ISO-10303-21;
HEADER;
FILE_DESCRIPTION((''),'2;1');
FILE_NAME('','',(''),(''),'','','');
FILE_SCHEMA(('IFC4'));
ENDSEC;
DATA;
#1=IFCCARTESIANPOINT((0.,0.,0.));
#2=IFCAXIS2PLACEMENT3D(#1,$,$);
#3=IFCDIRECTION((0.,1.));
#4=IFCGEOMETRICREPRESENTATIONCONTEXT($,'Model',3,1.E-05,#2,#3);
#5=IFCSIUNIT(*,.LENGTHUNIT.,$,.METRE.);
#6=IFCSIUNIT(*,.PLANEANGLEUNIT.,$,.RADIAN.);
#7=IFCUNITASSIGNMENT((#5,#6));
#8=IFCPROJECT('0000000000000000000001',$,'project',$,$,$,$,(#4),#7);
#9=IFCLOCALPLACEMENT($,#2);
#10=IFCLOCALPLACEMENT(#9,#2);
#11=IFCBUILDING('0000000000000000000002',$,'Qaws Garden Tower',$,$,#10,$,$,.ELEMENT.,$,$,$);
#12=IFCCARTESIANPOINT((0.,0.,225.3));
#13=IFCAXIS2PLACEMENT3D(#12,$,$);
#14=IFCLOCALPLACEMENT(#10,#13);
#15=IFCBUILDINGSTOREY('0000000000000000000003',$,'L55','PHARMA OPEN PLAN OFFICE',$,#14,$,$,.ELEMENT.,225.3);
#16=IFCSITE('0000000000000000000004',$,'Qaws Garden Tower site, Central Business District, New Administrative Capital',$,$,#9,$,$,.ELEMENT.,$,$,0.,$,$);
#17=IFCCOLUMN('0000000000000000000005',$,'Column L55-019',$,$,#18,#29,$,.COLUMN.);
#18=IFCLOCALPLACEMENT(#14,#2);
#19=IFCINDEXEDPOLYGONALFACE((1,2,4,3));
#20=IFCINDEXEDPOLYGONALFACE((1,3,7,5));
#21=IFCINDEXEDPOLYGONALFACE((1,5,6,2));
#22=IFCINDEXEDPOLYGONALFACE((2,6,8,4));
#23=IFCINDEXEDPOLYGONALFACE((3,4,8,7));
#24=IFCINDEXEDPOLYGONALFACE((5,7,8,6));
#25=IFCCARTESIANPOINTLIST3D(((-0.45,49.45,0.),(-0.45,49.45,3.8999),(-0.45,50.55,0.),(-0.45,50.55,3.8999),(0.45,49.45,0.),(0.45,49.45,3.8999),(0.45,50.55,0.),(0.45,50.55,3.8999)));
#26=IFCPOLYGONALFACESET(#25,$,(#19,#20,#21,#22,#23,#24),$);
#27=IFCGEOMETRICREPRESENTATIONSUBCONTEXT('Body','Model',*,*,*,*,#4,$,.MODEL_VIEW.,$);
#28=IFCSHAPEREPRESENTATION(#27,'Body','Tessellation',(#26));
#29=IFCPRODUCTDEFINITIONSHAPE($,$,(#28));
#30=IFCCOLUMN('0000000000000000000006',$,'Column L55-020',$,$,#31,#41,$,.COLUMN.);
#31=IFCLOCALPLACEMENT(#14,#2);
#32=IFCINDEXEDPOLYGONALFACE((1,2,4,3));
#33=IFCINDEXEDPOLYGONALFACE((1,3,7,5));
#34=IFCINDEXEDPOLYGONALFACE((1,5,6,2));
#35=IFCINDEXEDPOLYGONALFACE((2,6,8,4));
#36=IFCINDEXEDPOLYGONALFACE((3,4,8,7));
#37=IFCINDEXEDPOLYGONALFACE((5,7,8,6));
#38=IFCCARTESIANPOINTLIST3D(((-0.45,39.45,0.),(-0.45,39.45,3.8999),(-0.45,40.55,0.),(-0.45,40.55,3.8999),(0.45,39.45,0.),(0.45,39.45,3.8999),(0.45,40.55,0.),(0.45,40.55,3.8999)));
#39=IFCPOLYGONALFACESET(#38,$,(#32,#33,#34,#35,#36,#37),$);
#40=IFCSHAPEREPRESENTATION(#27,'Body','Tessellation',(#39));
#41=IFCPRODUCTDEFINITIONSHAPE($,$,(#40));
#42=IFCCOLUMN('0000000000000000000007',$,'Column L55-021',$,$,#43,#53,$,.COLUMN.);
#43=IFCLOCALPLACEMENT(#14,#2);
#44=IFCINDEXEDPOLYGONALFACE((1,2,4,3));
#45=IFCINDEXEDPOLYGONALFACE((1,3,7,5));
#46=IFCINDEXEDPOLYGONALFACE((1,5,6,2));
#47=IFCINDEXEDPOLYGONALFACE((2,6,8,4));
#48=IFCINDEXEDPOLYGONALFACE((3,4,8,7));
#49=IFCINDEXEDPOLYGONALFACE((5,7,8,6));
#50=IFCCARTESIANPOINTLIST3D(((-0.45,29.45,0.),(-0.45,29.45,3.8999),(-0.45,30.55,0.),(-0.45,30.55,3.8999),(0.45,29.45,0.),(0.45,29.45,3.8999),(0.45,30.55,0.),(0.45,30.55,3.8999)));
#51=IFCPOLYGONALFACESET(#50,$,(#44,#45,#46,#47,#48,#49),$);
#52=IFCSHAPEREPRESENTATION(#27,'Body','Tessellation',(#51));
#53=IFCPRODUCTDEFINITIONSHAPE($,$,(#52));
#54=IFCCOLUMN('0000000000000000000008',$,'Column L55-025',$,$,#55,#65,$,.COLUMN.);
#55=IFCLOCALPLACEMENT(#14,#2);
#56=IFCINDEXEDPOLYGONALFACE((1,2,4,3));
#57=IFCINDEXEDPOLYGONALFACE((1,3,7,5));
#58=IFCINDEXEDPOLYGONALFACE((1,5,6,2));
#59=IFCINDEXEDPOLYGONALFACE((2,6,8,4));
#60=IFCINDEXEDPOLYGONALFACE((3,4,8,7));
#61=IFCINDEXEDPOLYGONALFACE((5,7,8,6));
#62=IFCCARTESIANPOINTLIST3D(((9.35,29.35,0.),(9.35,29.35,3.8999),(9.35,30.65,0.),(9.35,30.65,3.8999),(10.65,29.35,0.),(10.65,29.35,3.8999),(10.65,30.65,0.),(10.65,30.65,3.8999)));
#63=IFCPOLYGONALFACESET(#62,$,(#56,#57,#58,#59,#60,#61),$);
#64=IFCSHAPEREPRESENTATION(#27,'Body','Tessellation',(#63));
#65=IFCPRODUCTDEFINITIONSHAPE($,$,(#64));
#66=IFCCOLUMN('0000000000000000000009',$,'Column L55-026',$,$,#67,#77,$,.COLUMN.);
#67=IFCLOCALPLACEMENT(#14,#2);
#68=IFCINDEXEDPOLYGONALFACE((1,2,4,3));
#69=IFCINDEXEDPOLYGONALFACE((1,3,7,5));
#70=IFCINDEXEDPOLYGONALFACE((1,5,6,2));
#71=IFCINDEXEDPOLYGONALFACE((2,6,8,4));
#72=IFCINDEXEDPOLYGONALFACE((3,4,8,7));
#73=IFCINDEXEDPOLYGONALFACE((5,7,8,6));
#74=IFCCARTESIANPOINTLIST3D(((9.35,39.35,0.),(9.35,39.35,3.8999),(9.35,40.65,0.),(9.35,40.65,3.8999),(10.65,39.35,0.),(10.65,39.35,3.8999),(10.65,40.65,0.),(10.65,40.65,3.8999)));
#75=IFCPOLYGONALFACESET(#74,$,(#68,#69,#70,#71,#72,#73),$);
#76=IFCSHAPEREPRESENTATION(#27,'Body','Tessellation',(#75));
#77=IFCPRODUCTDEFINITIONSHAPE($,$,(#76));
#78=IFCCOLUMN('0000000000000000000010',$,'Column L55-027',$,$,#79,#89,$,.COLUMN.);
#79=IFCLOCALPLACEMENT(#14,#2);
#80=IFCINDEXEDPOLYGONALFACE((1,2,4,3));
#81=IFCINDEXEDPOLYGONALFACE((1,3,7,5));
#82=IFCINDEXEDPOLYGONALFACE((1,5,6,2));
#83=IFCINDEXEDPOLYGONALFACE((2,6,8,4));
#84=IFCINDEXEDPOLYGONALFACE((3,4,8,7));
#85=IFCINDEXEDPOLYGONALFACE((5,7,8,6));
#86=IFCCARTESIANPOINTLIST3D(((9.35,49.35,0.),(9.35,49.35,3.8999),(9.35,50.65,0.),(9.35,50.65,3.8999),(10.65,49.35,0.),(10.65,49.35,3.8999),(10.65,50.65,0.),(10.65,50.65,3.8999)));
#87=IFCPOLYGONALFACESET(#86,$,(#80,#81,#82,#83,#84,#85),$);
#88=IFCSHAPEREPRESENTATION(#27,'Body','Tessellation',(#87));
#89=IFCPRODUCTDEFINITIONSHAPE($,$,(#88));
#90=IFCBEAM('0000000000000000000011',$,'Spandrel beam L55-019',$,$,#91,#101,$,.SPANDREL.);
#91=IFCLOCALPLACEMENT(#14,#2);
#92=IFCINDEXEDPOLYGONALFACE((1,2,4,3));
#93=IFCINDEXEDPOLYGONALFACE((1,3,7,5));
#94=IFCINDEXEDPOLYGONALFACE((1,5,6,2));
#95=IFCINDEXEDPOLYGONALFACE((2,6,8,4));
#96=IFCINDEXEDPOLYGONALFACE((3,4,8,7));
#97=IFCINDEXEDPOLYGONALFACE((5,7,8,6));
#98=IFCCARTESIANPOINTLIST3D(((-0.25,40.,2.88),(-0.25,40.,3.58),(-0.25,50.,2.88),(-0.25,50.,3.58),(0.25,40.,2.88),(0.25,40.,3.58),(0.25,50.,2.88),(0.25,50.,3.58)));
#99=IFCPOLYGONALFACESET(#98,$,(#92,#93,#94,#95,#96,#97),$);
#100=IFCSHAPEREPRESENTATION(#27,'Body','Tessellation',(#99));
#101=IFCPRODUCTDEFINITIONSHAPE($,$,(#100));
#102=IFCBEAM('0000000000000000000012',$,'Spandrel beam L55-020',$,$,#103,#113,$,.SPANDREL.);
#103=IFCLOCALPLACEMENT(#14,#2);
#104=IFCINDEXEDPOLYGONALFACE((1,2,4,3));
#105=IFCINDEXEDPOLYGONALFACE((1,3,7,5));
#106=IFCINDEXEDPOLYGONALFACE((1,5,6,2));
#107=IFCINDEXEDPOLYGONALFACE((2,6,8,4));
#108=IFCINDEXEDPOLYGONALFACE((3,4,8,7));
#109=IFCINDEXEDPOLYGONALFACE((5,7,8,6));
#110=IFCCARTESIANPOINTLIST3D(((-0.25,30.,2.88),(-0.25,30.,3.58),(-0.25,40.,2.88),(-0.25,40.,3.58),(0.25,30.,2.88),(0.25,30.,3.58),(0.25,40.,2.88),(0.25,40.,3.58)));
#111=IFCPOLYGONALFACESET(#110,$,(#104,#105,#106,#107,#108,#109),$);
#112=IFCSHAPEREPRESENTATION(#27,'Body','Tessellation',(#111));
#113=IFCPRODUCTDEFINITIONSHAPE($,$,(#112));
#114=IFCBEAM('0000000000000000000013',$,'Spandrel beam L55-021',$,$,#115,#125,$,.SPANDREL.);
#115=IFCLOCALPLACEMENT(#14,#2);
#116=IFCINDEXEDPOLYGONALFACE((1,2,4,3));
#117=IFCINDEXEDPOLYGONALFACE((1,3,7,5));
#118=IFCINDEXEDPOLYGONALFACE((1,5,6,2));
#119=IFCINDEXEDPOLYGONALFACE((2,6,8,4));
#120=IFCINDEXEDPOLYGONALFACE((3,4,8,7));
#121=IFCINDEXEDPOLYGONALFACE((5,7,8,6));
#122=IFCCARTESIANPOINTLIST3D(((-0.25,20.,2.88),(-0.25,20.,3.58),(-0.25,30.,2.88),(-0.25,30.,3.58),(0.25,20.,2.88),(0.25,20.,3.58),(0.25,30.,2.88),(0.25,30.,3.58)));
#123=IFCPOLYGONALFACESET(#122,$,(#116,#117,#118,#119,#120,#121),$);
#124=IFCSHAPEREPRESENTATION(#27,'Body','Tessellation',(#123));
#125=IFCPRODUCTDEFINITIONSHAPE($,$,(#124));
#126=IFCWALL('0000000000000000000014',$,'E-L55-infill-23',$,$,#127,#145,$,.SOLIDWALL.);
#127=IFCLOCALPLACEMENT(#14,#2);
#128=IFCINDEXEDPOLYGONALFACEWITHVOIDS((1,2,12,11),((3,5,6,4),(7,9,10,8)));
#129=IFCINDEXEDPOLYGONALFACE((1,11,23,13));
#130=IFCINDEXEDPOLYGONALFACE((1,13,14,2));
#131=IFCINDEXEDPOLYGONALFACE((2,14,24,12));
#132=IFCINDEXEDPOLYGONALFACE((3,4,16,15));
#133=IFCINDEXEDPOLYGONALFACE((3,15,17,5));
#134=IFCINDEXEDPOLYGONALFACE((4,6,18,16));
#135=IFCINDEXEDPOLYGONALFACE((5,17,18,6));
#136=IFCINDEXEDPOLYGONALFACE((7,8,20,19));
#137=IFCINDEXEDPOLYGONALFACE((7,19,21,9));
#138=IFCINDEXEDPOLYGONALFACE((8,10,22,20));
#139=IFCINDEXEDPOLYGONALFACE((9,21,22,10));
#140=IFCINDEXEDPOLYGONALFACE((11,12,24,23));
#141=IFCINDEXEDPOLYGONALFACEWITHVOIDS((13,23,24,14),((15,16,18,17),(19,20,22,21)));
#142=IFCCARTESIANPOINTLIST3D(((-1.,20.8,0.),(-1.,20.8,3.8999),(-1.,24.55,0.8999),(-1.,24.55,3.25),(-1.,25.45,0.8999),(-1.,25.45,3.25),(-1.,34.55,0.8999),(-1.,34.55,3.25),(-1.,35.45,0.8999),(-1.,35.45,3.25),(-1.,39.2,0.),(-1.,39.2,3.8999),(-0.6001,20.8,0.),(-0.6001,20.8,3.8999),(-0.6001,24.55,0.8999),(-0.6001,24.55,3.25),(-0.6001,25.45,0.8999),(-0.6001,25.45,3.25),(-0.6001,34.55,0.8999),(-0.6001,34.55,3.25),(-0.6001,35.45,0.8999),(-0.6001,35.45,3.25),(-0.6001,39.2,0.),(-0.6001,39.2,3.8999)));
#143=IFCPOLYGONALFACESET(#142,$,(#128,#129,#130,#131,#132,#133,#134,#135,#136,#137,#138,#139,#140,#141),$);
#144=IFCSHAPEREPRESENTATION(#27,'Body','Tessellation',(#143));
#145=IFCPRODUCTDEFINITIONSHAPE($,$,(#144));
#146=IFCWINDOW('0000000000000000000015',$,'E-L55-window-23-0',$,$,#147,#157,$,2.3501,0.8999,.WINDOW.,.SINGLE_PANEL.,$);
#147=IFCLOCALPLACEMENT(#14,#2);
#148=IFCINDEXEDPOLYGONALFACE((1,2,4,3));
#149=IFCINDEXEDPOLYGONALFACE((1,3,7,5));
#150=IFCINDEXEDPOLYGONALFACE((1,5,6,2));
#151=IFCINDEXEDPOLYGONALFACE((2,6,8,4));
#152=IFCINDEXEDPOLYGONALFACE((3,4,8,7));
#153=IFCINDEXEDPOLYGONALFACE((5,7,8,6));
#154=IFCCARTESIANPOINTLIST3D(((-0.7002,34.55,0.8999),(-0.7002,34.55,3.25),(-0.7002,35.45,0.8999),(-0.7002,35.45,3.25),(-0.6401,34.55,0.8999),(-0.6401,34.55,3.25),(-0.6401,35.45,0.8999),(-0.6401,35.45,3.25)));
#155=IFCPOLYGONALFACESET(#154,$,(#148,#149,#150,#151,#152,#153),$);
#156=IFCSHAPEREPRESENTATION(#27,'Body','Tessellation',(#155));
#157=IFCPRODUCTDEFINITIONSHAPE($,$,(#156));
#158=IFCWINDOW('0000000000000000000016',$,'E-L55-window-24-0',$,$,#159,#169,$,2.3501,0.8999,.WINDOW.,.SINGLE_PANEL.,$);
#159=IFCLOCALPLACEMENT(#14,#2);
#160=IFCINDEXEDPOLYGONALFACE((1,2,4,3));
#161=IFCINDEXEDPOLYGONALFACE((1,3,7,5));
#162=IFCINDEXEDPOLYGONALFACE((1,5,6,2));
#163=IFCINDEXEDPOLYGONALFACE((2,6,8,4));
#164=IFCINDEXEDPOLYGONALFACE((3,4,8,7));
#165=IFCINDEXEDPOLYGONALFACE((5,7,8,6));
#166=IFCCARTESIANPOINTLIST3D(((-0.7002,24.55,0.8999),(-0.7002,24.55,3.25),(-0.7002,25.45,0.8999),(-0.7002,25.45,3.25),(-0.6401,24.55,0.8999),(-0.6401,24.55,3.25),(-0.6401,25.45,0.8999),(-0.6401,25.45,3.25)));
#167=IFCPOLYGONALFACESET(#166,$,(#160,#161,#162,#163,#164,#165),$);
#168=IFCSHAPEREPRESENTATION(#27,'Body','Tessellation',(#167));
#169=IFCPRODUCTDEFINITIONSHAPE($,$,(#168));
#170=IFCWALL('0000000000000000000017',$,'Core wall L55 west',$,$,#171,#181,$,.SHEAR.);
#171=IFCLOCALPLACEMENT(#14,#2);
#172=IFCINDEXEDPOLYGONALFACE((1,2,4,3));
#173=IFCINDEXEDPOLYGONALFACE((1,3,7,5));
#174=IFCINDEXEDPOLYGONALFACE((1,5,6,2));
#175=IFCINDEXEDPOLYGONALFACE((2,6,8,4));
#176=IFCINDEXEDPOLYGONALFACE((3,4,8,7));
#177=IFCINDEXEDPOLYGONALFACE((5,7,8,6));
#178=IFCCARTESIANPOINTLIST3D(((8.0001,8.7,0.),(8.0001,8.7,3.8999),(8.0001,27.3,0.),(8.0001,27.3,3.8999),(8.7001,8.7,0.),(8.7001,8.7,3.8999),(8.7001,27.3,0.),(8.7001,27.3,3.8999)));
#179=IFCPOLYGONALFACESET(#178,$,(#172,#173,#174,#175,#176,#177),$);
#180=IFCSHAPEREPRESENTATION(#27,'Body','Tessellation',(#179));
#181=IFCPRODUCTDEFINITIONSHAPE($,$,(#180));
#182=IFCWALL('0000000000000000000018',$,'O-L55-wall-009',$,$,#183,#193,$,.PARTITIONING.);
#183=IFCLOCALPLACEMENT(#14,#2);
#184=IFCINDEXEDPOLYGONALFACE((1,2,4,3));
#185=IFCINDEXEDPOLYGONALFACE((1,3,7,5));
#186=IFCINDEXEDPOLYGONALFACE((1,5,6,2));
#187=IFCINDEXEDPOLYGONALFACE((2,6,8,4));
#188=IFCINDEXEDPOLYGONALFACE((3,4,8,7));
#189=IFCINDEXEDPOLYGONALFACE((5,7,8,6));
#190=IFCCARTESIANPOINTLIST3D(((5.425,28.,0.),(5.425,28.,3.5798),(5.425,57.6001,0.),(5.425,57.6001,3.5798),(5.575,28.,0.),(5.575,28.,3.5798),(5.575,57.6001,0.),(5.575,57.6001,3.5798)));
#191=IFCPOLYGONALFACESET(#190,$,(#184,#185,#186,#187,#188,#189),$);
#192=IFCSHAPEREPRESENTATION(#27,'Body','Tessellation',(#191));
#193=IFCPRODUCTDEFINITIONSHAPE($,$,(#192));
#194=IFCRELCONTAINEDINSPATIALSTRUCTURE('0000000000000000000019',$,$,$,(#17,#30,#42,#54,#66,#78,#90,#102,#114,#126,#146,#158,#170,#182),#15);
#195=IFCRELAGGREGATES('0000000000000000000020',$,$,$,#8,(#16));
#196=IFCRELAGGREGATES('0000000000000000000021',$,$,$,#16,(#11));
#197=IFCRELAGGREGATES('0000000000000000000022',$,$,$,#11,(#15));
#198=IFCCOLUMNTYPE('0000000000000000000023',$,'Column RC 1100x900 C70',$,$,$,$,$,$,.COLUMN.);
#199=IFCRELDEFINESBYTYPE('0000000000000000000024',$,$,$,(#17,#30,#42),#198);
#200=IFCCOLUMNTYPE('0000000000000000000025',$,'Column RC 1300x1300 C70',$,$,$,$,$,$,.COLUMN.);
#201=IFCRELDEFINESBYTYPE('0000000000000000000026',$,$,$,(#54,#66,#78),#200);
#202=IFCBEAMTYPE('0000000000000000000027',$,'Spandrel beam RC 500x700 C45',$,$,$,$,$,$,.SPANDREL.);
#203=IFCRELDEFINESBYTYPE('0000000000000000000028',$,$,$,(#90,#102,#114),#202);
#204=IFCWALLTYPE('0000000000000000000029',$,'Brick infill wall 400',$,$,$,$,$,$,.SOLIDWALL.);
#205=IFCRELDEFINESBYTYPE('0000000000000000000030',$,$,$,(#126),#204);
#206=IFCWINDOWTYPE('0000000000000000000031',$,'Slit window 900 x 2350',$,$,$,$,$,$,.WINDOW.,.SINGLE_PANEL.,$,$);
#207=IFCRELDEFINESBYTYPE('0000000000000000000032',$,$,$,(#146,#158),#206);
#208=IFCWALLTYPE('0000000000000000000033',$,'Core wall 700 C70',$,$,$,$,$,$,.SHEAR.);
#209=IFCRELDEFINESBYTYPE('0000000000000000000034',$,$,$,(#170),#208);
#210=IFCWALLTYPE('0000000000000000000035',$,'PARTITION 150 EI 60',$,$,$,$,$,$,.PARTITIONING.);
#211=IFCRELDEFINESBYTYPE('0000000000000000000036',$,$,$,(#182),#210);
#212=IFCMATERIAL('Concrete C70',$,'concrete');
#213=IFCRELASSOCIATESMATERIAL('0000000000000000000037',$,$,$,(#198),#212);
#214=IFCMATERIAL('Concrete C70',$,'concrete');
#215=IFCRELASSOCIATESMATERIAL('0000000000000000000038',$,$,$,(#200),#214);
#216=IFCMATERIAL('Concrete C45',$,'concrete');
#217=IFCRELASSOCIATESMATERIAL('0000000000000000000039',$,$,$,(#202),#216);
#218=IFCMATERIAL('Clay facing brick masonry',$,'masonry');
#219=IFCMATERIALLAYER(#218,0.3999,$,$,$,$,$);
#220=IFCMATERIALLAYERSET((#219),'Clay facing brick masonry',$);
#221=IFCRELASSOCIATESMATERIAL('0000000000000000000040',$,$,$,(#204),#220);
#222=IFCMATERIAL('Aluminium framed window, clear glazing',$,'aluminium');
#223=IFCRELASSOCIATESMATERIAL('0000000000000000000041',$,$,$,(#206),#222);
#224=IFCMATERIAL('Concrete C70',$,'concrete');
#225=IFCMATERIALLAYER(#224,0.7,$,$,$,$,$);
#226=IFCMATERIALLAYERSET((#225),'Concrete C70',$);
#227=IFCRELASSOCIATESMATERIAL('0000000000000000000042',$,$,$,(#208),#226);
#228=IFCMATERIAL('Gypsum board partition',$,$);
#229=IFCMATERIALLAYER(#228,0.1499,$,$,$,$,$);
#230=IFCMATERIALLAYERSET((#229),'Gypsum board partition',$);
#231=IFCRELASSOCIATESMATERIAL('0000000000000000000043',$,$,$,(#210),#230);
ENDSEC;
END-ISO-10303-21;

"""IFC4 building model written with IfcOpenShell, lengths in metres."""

from ifc_helpers import new_model, si_unit, direction, frame, frame_2d, origin, origin_2d, place, context, subcontext, project, spatial, rectangle, extrude, material, layer, layer_set, material_profile, profile_set, type_object, element, fill, save


model = new_model("IFC4")

# Units and contexts
model_context = context("Model", 3, precision=1e-05, world=origin(), true_north=direction((0.0, 1.0)))
body_context = subcontext(model_context, "Body", "Model", "MODEL_VIEW")
ifc_project = project(units=[si_unit("LENGTHUNIT", "METRE"), si_unit("PLANEANGLEUNIT", "RADIAN")], contexts=[model_context])

# Site, building, storey
site_placement = place(None, origin())
site = spatial("IfcSite", under=ifc_project, at=site_placement, Name="Qaws Garden Tower site, Central Business District, New Administrative Capital", CompositionType="ELEMENT", RefElevation=0.0)
building_placement = place(site_placement, origin())
building = spatial("IfcBuilding", under=site, at=building_placement, Name="Qaws Garden Tower", CompositionType="ELEMENT")
storey_placement = place(building_placement, frame((0.0, 0.0, 225.3)))
storey = spatial("IfcBuildingStorey", under=building, at=storey_placement, Name="L55", Description="PHARMA OPEN PLAN OFFICE", CompositionType="ELEMENT", Elevation=225.3)

# Columns
ifc_material_1 = material(Name="Concrete C70", Category="concrete")
ifc_material_profile_1 = material_profile(ifc_material_1, rectangle(XDim=1.1001, YDim=0.8999, at=origin_2d()), Name="RC 1100x900")
ifc_profile_set_1 = profile_set([ifc_material_profile_1], Name="Concrete C70")
column_type_1 = type_object("IfcColumnType", Name="Column RC 1100x900 C70", PredefinedType="COLUMN", material=ifc_profile_set_1)
for number, where, z_axis, x_axis, name in (
    (1, (0.0, 50.0, 0.0), (0.0, 0.0, 1.0), (0.0, 1.0, 0.0), "Column L55-019"),
    (2, (0.0, 40.0, 0.0), (0.0, 0.0, 1.0), (0.0, 1.0, 0.0), "Column L55-020"),
    (3, (0.0, 30.0, 0.0), (0.0, 0.0, 1.0), (0.0, 1.0, 0.0), "Column L55-021"),
):
    element("IfcColumn", number, at=place(storey_placement, frame(where, z_axis=z_axis, x_axis=x_axis)), inside=storey, type_object=column_type_1, Name=name, PredefinedType="COLUMN", context=body_context, shape_type="SweptSolid", body=[
        extrude(rectangle(XDim=1.1001, YDim=0.8999, at=origin_2d()), origin(), (0.0, 0.0, 1.0), 3.8999),
    ])
ifc_material_2 = material(Name="Concrete C70", Category="concrete")
ifc_material_profile_2 = material_profile(ifc_material_2, rectangle(XDim=1.3, YDim=1.3, at=origin_2d()), Name="RC 1300x1300")
ifc_profile_set_2 = profile_set([ifc_material_profile_2], Name="Concrete C70")
column_type_2 = type_object("IfcColumnType", Name="Column RC 1300x1300 C70", PredefinedType="COLUMN", material=ifc_profile_set_2)
for number, where, z_axis, x_axis, name in (
    (4, (10.0, 30.0, 0.0), (0.0, 0.0, 1.0), (1.0, 0.0, 0.0), "Column L55-025"),
    (5, (10.0, 40.0, 0.0), (0.0, 0.0, 1.0), (1.0, 0.0, 0.0), "Column L55-026"),
    (6, (10.0, 50.0, 0.0), (0.0, 0.0, 1.0), (1.0, 0.0, 0.0), "Column L55-027"),
):
    element("IfcColumn", number, at=place(storey_placement, frame(where, z_axis=z_axis, x_axis=x_axis)), inside=storey, type_object=column_type_2, Name=name, PredefinedType="COLUMN", context=body_context, shape_type="SweptSolid", body=[
        extrude(rectangle(XDim=1.3, YDim=1.3, at=origin_2d()), origin(), (0.0, 0.0, 1.0), 3.8999),
    ])

# Beams
ifc_material_3 = material(Name="Concrete C45", Category="concrete")
ifc_material_profile_3 = material_profile(ifc_material_3, rectangle(XDim=0.5, YDim=0.7, at=origin_2d()), Name="RC 500x700")
ifc_profile_set_3 = profile_set([ifc_material_profile_3], Name="Concrete C45")
beam_type = type_object("IfcBeamType", Name="Spandrel beam RC 500x700 C45", PredefinedType="SPANDREL", material=ifc_profile_set_3)
for number, where, z_axis, x_axis, name in (
    (7, (0.0, 50.0, 3.23), (0.0, -1.0, 0.0), (1.0, 0.0, 0.0), "Spandrel beam L55-019"),
    (8, (0.0, 40.0, 3.23), (0.0, -1.0, 0.0), (1.0, 0.0, 0.0), "Spandrel beam L55-020"),
    (9, (0.0, 30.0, 3.23), (0.0, -1.0, 0.0), (1.0, 0.0, 0.0), "Spandrel beam L55-021"),
):
    element("IfcBeam", number, at=place(storey_placement, frame(where, z_axis=z_axis, x_axis=x_axis)), inside=storey, type_object=beam_type, Name=name, PredefinedType="SPANDREL", context=body_context, shape_type="SweptSolid", body=[
        extrude(rectangle(XDim=0.5, YDim=0.7, at=origin_2d()), origin(), (0.0, 0.0, 1.0), 10.0),
    ])

# Wall, openings, windows
ifc_material_4 = material(Name="Clay facing brick masonry", Category="masonry")
ifc_layer_1 = layer(ifc_material_4, 0.3999)
ifc_layer_set_1 = layer_set([ifc_layer_1], Name="Clay facing brick masonry")
wall_type_1 = type_object("IfcWallType", Name="Brick infill wall 400", PredefinedType="SOLIDWALL", material=ifc_layer_set_1)
wall_1_placement = place(storey_placement, frame((-0.8, 39.2, 0.0), z_axis=(0.0, 0.0, 1.0), x_axis=(0.0, -1.0, 0.0)))
wall_1 = element("IfcWall", 10, at=wall_1_placement, inside=storey, type_object=wall_type_1, Name="E-L55-infill-23", PredefinedType="SOLIDWALL", context=body_context, shape_type="SweptSolid", body=[
    extrude(rectangle(XDim=18.3999, YDim=0.3999, at=frame_2d((9.2, 0.0))), origin(), (0.0, 0.0, 1.0), 3.8999),
])
opening_1_placement = place(wall_1_placement, frame((3.75, 0.0, 0.8999)))
opening_1 = element("IfcOpeningElement", 11, at=opening_1_placement, cuts=wall_1, PredefinedType="OPENING", context=body_context, shape_type="SweptSolid", body=[
    extrude(rectangle(XDim=0.8999, YDim=2.3501, at=frame_2d((0.45, 1.175))), frame((0.0, 0.21, 0.0), z_axis=(0.0, -1.0, 0.0), x_axis=(1.0, 0.0, 0.0)), (0.0, 0.0, 1.0), 0.4199),
])
opening_2_placement = place(wall_1_placement, frame((13.75, 0.0, 0.8999)))
opening_2 = element("IfcOpeningElement", 12, at=opening_2_placement, cuts=wall_1, PredefinedType="OPENING", context=body_context, shape_type="SweptSolid", body=[
    extrude(rectangle(XDim=0.8999, YDim=2.3501, at=frame_2d((0.45, 1.175))), frame((0.0, 0.21, 0.0), z_axis=(0.0, -1.0, 0.0), x_axis=(1.0, 0.0, 0.0)), (0.0, 0.0, 1.0), 0.4199),
])
ifc_material_5 = material(Name="Aluminium framed window, clear glazing", Category="aluminium")
window_type = type_object("IfcWindowType", Name="Slit window 900 x 2350", PartitioningType="SINGLE_PANEL", PredefinedType="WINDOW", material=ifc_material_5)
window_1_placement = place(opening_1_placement, origin())
window_1 = element("IfcWindow", 13, at=window_1_placement, inside=storey, type_object=window_type, Name="E-L55-window-23-0", OverallHeight=2.3501, OverallWidth=0.8999, PartitioningType="SINGLE_PANEL", PredefinedType="WINDOW", context=body_context, shape_type="SweptSolid", body=[
    extrude(rectangle(XDim=0.8999, YDim=2.3501, at=frame_2d((0.45, 1.175))), frame((0.0, 0.1599, 0.0), z_axis=(0.0, -1.0, 0.0), x_axis=(1.0, 0.0, 0.0)), (0.0, 0.0, 1.0), 0.0601),
])
fill(opening_1, window_1)
window_2_placement = place(opening_2_placement, origin())
window_2 = element("IfcWindow", 14, at=window_2_placement, inside=storey, type_object=window_type, Name="E-L55-window-24-0", OverallHeight=2.3501, OverallWidth=0.8999, PartitioningType="SINGLE_PANEL", PredefinedType="WINDOW", context=body_context, shape_type="SweptSolid", body=[
    extrude(rectangle(XDim=0.8999, YDim=2.3501, at=frame_2d((0.45, 1.175))), frame((0.0, 0.1599, 0.0), z_axis=(0.0, -1.0, 0.0), x_axis=(1.0, 0.0, 0.0)), (0.0, 0.0, 1.0), 0.0601),
])
fill(opening_2, window_2)

# Walls
ifc_material_6 = material(Name="Concrete C70", Category="concrete")
ifc_layer_2 = layer(ifc_material_6, 0.7)
ifc_layer_set_2 = layer_set([ifc_layer_2], Name="Concrete C70")
wall_type_2 = type_object("IfcWallType", Name="Core wall 700 C70", PredefinedType="SHEAR", material=ifc_layer_set_2)
wall_2_placement = place(storey_placement, frame((8.3501, 27.3, 0.0), z_axis=(0.0, 0.0, 1.0), x_axis=(0.0, -1.0, 0.0)))
element("IfcWall", 15, at=wall_2_placement, inside=storey, type_object=wall_type_2, Name="Core wall L55 west", PredefinedType="SHEAR", context=body_context, shape_type="SweptSolid", body=[
    extrude(rectangle(XDim=18.6001, YDim=0.7, at=frame_2d((9.3, 0.0))), origin(), (0.0, 0.0, 1.0), 3.8999),
])
ifc_material_7 = material(Name="Gypsum board partition")
ifc_layer_3 = layer(ifc_material_7, 0.1499)
ifc_layer_set_3 = layer_set([ifc_layer_3], Name="Gypsum board partition")
wall_type_3 = type_object("IfcWallType", Name="PARTITION 150 EI 60", PredefinedType="PARTITIONING", material=ifc_layer_set_3)
wall_3_placement = place(storey_placement, frame((5.5, 28.0, 0.0), z_axis=(0.0, 0.0, 1.0), x_axis=(0.0, 1.0, 0.0)))
element("IfcWall", 16, at=wall_3_placement, inside=storey, type_object=wall_type_3, Name="O-L55-wall-009", PredefinedType="PARTITIONING", context=body_context, shape_type="SweptSolid", body=[
    extrude(rectangle(XDim=29.6001, YDim=0.1499, at=frame_2d((14.8, 0.0))), origin(), (0.0, 0.0, 1.0), 3.5798),
])

save(model, "model.ifc")
